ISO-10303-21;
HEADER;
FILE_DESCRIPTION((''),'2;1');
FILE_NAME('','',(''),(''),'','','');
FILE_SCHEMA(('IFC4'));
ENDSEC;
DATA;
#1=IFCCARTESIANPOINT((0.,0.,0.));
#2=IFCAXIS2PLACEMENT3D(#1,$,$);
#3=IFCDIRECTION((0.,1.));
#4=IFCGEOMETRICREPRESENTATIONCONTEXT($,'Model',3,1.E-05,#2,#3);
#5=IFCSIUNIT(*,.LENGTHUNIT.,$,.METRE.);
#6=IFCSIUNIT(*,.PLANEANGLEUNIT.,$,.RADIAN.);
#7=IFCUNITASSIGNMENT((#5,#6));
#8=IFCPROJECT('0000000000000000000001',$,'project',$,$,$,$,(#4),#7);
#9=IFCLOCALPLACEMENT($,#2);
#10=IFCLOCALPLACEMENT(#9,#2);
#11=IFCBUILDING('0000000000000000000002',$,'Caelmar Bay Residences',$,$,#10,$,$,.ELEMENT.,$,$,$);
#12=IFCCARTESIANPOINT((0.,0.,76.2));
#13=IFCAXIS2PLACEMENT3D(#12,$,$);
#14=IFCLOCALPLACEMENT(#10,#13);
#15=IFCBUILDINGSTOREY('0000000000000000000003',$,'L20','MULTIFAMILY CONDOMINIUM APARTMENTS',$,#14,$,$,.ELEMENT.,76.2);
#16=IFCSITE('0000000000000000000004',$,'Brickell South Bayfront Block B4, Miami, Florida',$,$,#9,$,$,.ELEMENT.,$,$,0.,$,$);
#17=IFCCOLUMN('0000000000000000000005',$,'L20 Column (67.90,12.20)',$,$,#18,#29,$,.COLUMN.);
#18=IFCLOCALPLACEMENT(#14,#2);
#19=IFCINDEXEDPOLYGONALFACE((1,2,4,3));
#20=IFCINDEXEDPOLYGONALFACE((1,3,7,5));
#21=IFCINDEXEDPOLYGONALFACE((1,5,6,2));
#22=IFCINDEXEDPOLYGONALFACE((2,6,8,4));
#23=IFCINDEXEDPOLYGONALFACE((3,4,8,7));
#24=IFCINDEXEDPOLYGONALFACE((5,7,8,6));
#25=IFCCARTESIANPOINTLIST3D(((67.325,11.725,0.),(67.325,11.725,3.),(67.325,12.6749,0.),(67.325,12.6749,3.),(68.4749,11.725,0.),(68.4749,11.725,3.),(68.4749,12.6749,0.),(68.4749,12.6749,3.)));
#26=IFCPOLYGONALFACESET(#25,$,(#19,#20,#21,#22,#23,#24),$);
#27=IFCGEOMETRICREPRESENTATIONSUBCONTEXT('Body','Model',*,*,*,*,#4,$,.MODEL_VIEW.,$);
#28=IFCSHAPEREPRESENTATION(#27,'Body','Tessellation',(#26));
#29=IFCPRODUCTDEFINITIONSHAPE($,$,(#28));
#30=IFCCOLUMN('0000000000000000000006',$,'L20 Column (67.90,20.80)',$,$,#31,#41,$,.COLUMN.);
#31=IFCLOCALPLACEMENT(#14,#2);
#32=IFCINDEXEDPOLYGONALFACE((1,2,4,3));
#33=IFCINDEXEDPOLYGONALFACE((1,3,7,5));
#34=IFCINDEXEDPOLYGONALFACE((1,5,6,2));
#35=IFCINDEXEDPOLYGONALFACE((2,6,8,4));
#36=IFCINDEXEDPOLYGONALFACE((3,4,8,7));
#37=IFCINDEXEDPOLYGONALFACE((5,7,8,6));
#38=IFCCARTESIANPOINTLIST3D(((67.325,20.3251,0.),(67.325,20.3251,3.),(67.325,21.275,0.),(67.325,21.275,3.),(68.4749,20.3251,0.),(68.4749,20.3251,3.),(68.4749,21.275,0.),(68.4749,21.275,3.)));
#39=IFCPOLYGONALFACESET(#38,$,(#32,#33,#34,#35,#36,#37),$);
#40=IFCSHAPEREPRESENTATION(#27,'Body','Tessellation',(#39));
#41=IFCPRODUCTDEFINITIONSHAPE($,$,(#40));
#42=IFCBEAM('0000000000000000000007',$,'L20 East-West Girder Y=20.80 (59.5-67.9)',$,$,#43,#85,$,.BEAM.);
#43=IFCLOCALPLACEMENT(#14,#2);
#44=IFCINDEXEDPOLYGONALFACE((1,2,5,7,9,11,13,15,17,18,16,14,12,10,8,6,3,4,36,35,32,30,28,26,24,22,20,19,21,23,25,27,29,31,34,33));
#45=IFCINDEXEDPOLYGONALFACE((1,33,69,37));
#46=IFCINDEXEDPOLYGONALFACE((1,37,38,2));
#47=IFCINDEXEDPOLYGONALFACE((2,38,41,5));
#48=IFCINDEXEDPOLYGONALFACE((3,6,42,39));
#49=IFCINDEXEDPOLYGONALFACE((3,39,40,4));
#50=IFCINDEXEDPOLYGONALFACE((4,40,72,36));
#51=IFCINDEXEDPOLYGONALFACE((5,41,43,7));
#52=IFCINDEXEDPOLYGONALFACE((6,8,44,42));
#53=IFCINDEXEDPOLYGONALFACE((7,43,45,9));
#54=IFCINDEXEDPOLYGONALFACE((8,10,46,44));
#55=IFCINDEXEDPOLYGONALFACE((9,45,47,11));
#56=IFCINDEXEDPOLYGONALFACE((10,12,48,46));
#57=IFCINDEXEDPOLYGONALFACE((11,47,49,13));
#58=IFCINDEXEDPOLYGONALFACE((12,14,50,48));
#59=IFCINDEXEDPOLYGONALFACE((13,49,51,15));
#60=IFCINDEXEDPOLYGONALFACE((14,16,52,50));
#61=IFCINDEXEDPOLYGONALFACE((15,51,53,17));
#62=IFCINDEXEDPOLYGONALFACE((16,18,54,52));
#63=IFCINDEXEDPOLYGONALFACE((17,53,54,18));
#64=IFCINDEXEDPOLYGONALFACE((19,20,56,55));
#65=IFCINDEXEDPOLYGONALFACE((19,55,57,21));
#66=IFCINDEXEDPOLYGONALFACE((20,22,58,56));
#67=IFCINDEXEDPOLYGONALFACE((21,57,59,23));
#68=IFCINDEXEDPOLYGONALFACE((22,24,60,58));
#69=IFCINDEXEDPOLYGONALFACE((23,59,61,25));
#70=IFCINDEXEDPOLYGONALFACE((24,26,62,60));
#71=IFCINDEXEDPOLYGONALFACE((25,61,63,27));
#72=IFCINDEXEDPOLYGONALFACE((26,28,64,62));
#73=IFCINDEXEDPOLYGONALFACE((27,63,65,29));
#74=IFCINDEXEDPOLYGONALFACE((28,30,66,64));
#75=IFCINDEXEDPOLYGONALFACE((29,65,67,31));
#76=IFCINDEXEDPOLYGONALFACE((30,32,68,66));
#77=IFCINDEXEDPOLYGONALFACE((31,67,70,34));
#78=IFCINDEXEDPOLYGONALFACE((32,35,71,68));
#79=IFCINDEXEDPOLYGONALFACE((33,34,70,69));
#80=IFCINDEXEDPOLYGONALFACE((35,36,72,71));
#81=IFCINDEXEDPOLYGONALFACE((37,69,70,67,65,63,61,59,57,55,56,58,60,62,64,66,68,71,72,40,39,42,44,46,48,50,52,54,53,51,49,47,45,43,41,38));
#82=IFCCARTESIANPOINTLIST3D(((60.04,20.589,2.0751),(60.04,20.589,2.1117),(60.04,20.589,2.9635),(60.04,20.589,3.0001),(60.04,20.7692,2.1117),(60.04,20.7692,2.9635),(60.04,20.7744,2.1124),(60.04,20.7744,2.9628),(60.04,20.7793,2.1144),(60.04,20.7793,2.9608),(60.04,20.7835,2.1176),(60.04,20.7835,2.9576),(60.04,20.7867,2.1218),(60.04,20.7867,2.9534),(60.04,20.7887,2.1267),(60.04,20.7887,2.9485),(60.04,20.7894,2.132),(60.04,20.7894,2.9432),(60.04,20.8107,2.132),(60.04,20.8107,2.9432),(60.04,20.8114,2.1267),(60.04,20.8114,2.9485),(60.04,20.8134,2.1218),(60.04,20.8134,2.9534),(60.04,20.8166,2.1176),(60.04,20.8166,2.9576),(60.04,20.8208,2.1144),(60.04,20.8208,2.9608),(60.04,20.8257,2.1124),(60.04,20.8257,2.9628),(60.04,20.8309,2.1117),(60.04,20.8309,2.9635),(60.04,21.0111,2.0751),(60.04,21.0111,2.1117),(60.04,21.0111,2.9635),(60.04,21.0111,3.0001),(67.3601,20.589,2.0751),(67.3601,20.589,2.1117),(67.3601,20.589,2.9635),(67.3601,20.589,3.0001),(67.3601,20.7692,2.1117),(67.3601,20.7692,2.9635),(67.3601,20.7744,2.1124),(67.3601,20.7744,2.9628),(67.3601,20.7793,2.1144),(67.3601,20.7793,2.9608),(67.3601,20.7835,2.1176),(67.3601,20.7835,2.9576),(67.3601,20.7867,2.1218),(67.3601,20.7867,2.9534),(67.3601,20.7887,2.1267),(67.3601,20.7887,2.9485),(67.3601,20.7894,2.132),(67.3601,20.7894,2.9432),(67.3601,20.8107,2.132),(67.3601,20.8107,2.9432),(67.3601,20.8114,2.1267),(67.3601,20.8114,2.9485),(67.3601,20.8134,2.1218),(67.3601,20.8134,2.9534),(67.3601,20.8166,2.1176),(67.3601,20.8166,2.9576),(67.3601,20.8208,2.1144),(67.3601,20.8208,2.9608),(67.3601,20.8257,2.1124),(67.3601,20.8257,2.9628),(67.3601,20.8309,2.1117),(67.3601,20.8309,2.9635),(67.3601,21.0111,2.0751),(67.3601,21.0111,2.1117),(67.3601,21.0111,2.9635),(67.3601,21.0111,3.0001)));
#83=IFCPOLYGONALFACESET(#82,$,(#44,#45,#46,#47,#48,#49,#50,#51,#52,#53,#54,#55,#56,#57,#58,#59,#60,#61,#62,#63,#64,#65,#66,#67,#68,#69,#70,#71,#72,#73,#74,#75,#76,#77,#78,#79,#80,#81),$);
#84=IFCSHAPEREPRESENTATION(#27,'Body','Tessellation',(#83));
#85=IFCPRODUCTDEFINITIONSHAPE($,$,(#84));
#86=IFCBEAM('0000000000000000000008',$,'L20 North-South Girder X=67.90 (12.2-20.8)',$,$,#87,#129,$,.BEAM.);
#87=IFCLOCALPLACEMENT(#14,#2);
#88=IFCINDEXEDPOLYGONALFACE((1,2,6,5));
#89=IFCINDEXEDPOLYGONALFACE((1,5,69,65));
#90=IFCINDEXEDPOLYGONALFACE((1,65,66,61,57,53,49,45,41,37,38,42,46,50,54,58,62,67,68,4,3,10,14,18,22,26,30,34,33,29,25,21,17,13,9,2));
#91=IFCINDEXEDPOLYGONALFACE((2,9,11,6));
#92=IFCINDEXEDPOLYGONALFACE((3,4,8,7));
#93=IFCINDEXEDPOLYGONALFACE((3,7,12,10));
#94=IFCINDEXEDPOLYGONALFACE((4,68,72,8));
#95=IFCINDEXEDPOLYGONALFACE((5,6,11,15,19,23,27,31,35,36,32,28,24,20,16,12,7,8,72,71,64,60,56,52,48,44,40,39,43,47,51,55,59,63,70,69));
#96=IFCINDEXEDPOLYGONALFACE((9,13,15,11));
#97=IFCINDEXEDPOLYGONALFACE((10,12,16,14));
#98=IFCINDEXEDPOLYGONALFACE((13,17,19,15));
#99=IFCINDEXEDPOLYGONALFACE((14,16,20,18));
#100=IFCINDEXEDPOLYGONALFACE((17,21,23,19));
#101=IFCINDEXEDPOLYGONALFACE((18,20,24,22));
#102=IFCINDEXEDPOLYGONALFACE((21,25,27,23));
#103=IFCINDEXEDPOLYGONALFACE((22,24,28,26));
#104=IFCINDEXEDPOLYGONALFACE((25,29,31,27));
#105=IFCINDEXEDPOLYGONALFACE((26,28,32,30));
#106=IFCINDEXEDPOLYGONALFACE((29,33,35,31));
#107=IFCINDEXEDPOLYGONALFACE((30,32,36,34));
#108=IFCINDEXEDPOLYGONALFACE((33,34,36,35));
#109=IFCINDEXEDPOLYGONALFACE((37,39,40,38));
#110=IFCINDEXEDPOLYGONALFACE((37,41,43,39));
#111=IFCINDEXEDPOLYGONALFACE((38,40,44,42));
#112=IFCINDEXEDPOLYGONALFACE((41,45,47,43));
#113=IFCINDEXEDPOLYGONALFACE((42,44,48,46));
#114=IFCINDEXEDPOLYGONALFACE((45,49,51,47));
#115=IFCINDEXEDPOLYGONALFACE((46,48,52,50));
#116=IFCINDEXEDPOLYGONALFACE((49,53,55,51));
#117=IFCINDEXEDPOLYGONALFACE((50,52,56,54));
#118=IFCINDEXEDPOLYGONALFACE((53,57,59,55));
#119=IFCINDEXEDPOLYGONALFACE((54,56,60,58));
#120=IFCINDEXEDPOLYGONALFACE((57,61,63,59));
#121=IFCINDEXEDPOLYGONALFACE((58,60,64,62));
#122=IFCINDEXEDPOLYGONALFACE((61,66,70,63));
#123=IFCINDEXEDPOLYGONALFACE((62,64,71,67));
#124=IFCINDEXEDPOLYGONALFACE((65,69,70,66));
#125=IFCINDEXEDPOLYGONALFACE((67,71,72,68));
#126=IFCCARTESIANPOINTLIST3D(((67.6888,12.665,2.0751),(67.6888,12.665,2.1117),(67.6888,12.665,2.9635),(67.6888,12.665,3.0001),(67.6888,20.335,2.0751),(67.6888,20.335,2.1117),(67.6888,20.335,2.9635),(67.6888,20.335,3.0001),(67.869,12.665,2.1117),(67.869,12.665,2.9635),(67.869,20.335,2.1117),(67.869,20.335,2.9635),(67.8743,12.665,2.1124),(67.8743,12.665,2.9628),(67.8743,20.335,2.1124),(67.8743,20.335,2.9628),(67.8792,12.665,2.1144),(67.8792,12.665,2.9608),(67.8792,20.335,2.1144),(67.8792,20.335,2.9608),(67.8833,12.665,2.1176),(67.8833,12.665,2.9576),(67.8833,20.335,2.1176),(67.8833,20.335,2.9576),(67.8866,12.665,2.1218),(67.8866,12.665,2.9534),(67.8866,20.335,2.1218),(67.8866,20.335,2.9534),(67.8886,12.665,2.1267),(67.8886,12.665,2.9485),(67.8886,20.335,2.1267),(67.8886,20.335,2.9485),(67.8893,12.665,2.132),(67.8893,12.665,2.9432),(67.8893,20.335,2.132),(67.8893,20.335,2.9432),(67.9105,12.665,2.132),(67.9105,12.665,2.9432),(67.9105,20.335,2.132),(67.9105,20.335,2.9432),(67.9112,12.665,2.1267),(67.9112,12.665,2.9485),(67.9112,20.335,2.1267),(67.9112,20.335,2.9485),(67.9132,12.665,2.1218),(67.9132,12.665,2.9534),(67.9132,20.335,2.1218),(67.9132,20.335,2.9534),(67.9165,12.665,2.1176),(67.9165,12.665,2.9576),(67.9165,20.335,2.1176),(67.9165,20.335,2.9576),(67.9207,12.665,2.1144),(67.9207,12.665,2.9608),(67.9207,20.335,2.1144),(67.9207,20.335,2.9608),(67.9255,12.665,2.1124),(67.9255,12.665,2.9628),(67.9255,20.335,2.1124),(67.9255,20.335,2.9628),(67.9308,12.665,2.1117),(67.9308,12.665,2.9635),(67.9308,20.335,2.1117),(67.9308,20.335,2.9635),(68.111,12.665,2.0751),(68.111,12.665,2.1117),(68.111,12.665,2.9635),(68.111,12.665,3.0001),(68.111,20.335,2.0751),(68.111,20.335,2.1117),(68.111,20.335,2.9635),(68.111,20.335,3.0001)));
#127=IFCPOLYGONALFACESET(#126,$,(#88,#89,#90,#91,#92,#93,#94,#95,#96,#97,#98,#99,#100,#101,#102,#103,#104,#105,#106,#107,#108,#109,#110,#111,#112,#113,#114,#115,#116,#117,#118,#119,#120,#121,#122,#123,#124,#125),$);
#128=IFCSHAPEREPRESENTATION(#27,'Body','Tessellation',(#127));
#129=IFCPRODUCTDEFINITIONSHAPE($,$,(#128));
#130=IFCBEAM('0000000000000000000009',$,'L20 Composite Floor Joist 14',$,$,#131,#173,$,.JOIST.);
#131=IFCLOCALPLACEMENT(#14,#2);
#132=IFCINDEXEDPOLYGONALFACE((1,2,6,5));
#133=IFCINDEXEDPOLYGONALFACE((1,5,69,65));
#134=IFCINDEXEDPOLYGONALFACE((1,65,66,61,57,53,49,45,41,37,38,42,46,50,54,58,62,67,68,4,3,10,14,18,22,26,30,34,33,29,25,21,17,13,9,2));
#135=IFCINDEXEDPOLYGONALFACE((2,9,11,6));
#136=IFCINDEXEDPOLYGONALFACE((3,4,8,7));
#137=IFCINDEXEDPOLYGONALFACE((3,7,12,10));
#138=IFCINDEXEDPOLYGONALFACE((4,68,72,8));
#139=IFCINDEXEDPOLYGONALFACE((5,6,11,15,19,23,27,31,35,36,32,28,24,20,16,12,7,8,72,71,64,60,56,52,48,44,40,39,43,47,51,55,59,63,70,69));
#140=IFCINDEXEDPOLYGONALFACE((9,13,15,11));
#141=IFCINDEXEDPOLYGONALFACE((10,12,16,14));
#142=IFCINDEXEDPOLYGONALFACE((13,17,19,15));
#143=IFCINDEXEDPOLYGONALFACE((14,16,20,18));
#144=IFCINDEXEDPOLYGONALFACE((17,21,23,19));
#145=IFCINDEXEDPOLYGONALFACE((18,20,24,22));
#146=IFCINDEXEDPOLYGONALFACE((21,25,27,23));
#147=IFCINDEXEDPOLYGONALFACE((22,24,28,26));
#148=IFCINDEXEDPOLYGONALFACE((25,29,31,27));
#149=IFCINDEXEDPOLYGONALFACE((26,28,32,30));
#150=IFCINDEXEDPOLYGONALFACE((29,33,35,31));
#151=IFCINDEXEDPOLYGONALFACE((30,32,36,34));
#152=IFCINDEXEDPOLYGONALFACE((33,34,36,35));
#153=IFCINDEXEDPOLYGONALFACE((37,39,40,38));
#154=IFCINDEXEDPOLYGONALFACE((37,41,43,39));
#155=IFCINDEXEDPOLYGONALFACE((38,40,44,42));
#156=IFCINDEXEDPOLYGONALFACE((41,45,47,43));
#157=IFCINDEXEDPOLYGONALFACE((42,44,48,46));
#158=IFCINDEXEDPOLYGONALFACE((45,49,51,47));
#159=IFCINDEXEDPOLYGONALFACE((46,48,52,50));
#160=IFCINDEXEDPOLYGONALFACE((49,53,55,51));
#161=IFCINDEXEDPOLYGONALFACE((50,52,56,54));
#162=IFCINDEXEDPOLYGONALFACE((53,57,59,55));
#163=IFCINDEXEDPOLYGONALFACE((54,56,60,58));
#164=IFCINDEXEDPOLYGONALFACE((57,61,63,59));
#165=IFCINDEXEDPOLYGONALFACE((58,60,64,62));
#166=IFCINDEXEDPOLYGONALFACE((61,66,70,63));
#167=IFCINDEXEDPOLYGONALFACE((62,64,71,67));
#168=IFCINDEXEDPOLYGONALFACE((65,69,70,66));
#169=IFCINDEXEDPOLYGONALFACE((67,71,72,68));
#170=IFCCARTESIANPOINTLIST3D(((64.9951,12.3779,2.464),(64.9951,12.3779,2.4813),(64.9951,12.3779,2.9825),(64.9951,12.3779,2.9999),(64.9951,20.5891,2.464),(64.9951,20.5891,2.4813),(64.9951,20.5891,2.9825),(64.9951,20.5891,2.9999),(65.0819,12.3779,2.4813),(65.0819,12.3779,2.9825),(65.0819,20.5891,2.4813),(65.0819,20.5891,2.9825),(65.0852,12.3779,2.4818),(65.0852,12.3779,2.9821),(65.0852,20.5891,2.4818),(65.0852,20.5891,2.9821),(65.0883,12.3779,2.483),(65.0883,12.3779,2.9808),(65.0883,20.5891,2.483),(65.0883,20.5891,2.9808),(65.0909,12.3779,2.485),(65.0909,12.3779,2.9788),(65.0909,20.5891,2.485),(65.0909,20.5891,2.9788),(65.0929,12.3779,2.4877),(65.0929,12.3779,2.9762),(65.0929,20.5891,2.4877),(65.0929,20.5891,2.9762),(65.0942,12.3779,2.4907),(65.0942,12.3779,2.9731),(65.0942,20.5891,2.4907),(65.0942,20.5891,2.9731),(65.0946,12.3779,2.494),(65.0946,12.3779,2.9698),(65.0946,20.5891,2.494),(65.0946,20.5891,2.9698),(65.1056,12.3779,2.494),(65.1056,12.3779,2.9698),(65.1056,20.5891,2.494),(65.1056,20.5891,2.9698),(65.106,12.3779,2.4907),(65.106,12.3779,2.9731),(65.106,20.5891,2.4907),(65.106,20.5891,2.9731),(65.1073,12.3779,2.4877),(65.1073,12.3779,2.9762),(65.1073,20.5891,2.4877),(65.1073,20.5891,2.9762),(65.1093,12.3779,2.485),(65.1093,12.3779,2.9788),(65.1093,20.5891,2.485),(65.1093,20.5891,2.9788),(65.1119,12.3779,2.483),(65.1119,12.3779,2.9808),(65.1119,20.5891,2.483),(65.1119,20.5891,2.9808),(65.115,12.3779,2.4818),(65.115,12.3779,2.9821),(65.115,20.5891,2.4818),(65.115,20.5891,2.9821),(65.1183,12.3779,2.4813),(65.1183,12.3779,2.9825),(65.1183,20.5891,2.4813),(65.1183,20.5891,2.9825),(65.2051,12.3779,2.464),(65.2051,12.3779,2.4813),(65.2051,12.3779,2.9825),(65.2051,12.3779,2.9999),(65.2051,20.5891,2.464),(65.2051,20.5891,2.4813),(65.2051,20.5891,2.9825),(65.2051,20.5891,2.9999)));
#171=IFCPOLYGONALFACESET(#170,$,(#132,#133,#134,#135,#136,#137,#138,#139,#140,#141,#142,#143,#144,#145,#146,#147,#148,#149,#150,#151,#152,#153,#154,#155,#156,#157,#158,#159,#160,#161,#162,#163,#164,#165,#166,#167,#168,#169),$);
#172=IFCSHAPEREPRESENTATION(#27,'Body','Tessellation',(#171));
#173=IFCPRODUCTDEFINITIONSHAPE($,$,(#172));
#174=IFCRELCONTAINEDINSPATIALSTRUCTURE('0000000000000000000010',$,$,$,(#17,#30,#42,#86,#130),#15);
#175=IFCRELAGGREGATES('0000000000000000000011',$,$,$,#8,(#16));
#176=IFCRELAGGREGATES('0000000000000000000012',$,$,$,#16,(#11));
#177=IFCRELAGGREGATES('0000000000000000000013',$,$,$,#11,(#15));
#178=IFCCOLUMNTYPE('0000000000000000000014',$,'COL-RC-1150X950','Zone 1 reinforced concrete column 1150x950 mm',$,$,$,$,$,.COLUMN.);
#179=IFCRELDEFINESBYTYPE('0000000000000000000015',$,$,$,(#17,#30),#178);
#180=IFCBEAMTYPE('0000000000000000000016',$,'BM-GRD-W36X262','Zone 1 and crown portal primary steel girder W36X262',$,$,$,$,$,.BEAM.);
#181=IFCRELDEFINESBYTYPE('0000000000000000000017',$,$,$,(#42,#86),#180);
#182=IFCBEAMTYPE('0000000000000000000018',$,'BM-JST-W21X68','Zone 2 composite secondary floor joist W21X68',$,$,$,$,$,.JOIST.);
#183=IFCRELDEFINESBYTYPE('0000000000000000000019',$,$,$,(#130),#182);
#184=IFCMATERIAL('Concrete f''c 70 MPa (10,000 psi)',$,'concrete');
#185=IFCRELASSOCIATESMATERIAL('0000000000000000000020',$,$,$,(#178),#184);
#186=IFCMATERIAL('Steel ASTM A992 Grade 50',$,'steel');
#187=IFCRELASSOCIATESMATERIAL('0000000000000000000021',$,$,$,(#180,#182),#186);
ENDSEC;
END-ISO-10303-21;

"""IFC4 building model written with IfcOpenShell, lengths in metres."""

from ifc_helpers import new_model, si_unit, direction, frame, origin, origin_2d, place, context, subcontext, project, spatial, rectangle, i_section, extrude, material, material_profile, profile_set, type_object, element, save


model = new_model("IFC4")

# Units and contexts
model_context = context("Model", 3, precision=1e-05, world=origin(), true_north=direction((0.0, 1.0)))
body_context = subcontext(model_context, "Body", "Model", "MODEL_VIEW")
ifc_project = project(units=[si_unit("LENGTHUNIT", "METRE"), si_unit("PLANEANGLEUNIT", "RADIAN")], contexts=[model_context])

# Site, building, storey
site_placement = place(None, origin())
site = spatial("IfcSite", under=ifc_project, at=site_placement, Name="Brickell South Bayfront Block B4, Miami, Florida", CompositionType="ELEMENT", RefElevation=0.0)
building_placement = place(site_placement, origin())
building = spatial("IfcBuilding", under=site, at=building_placement, Name="Caelmar Bay Residences", CompositionType="ELEMENT")
storey_placement = place(building_placement, frame((0.0, 0.0, 76.2)))
storey = spatial("IfcBuildingStorey", under=building, at=storey_placement, Name="L20", Description="MULTIFAMILY CONDOMINIUM APARTMENTS", CompositionType="ELEMENT", Elevation=76.2)

# Columns
ifc_material_1 = material(Name="Concrete f'c 70 MPa (10,000 psi)", Category="concrete")
ifc_material_profile_1 = material_profile(ifc_material_1, rectangle(XDim=1.1499, YDim=0.95, at=origin_2d()), Name="RC-COL-1150X950")
ifc_profile_set_1 = profile_set([ifc_material_profile_1], Name="Concrete f'c 70 MPa (10,000 psi)")
column_type = type_object("IfcColumnType", Name="COL-RC-1150X950", Description="Zone 1 reinforced concrete column 1150x950 mm", PredefinedType="COLUMN", material=ifc_profile_set_1)
for number, where, z_axis, x_axis, name in (
    (1, (67.8999, 12.2, 0.0), (0.0, 0.0, 1.0), (1.0, 0.0, 0.0), "L20 Column (67.90,12.20)"),
    (2, (67.8999, 20.8, 0.0), (0.0, 0.0, 1.0), (1.0, 0.0, 0.0), "L20 Column (67.90,20.80)"),
):
    element("IfcColumn", number, at=place(storey_placement, frame(where, z_axis=z_axis, x_axis=x_axis)), inside=storey, type_object=column_type, Name=name, PredefinedType="COLUMN", context=body_context, shape_type="SweptSolid", body=[
        extrude(rectangle(XDim=1.1499, YDim=0.95, at=origin_2d()), origin(), (0.0, 0.0, 1.0), 3.0),
    ])

# Beams
ifc_material_2 = material(Name="Steel ASTM A992 Grade 50", Category="steel")
ifc_material_profile_2 = material_profile(ifc_material_2, i_section(OverallWidth=0.4221, OverallDepth=0.925, WebThickness=0.0212, FlangeThickness=0.0366, FilletRadius=0.0203, at=origin_2d()), Name="W36X262")
ifc_profile_set_2 = profile_set([ifc_material_profile_2], Name="Steel ASTM A992 Grade 50")
beam_type_1 = type_object("IfcBeamType", Name="BM-GRD-W36X262", Description="Zone 1 and crown portal primary steel girder W36X262", PredefinedType="BEAM", material=ifc_profile_set_2)
beam_1_placement = place(storey_placement, frame((60.04, 20.8, 2.5376), z_axis=(1.0, 0.0, 0.0), x_axis=(0.0, 1.0, 0.0)))
element("IfcBeam", 3, at=beam_1_placement, inside=storey, type_object=beam_type_1, Name="L20 East-West Girder Y=20.80 (59.5-67.9)", PredefinedType="BEAM", context=body_context, shape_type="SweptSolid", body=[
    extrude(i_section(OverallWidth=0.4221, OverallDepth=0.925, WebThickness=0.0212, FlangeThickness=0.0366, FilletRadius=0.0203, at=origin_2d()), origin(), (0.0, 0.0, 1.0), 7.3201),
])
beam_2_placement = place(storey_placement, frame((67.8999, 12.665, 2.5376), z_axis=(0.0, 1.0, 0.0), x_axis=(-1.0, 0.0, 0.0)))
element("IfcBeam", 4, at=beam_2_placement, inside=storey, type_object=beam_type_1, Name="L20 North-South Girder X=67.90 (12.2-20.8)", PredefinedType="BEAM", context=body_context, shape_type="SweptSolid", body=[
    extrude(i_section(OverallWidth=0.4221, OverallDepth=0.925, WebThickness=0.0212, FlangeThickness=0.0366, FilletRadius=0.0203, at=origin_2d()), origin(), (0.0, 0.0, 1.0), 7.6699),
])
ifc_material_profile_3 = material_profile(ifc_material_2, i_section(OverallWidth=0.21, OverallDepth=0.5359, WebThickness=0.011, FlangeThickness=0.0173, FilletRadius=0.0127, at=origin_2d()), Name="W21X68")
ifc_profile_set_3 = profile_set([ifc_material_profile_3], Name="Steel ASTM A992 Grade 50")
beam_type_2 = type_object("IfcBeamType", Name="BM-JST-W21X68", Description="Zone 2 composite secondary floor joist W21X68", PredefinedType="JOIST", material=ifc_profile_set_3)
beam_3_placement = place(storey_placement, frame((65.1001, 12.3779, 2.7319), z_axis=(0.0, 1.0, 0.0), x_axis=(-1.0, 0.0, 0.0)))
element("IfcBeam", 5, at=beam_3_placement, inside=storey, type_object=beam_type_2, Name="L20 Composite Floor Joist 14", PredefinedType="JOIST", context=body_context, shape_type="SweptSolid", body=[
    extrude(i_section(OverallWidth=0.21, OverallDepth=0.5359, WebThickness=0.011, FlangeThickness=0.0173, FilletRadius=0.0127, at=origin_2d()), origin(), (0.0, 0.0, 1.0), 8.2112),
])

save(model, "model.ifc")
